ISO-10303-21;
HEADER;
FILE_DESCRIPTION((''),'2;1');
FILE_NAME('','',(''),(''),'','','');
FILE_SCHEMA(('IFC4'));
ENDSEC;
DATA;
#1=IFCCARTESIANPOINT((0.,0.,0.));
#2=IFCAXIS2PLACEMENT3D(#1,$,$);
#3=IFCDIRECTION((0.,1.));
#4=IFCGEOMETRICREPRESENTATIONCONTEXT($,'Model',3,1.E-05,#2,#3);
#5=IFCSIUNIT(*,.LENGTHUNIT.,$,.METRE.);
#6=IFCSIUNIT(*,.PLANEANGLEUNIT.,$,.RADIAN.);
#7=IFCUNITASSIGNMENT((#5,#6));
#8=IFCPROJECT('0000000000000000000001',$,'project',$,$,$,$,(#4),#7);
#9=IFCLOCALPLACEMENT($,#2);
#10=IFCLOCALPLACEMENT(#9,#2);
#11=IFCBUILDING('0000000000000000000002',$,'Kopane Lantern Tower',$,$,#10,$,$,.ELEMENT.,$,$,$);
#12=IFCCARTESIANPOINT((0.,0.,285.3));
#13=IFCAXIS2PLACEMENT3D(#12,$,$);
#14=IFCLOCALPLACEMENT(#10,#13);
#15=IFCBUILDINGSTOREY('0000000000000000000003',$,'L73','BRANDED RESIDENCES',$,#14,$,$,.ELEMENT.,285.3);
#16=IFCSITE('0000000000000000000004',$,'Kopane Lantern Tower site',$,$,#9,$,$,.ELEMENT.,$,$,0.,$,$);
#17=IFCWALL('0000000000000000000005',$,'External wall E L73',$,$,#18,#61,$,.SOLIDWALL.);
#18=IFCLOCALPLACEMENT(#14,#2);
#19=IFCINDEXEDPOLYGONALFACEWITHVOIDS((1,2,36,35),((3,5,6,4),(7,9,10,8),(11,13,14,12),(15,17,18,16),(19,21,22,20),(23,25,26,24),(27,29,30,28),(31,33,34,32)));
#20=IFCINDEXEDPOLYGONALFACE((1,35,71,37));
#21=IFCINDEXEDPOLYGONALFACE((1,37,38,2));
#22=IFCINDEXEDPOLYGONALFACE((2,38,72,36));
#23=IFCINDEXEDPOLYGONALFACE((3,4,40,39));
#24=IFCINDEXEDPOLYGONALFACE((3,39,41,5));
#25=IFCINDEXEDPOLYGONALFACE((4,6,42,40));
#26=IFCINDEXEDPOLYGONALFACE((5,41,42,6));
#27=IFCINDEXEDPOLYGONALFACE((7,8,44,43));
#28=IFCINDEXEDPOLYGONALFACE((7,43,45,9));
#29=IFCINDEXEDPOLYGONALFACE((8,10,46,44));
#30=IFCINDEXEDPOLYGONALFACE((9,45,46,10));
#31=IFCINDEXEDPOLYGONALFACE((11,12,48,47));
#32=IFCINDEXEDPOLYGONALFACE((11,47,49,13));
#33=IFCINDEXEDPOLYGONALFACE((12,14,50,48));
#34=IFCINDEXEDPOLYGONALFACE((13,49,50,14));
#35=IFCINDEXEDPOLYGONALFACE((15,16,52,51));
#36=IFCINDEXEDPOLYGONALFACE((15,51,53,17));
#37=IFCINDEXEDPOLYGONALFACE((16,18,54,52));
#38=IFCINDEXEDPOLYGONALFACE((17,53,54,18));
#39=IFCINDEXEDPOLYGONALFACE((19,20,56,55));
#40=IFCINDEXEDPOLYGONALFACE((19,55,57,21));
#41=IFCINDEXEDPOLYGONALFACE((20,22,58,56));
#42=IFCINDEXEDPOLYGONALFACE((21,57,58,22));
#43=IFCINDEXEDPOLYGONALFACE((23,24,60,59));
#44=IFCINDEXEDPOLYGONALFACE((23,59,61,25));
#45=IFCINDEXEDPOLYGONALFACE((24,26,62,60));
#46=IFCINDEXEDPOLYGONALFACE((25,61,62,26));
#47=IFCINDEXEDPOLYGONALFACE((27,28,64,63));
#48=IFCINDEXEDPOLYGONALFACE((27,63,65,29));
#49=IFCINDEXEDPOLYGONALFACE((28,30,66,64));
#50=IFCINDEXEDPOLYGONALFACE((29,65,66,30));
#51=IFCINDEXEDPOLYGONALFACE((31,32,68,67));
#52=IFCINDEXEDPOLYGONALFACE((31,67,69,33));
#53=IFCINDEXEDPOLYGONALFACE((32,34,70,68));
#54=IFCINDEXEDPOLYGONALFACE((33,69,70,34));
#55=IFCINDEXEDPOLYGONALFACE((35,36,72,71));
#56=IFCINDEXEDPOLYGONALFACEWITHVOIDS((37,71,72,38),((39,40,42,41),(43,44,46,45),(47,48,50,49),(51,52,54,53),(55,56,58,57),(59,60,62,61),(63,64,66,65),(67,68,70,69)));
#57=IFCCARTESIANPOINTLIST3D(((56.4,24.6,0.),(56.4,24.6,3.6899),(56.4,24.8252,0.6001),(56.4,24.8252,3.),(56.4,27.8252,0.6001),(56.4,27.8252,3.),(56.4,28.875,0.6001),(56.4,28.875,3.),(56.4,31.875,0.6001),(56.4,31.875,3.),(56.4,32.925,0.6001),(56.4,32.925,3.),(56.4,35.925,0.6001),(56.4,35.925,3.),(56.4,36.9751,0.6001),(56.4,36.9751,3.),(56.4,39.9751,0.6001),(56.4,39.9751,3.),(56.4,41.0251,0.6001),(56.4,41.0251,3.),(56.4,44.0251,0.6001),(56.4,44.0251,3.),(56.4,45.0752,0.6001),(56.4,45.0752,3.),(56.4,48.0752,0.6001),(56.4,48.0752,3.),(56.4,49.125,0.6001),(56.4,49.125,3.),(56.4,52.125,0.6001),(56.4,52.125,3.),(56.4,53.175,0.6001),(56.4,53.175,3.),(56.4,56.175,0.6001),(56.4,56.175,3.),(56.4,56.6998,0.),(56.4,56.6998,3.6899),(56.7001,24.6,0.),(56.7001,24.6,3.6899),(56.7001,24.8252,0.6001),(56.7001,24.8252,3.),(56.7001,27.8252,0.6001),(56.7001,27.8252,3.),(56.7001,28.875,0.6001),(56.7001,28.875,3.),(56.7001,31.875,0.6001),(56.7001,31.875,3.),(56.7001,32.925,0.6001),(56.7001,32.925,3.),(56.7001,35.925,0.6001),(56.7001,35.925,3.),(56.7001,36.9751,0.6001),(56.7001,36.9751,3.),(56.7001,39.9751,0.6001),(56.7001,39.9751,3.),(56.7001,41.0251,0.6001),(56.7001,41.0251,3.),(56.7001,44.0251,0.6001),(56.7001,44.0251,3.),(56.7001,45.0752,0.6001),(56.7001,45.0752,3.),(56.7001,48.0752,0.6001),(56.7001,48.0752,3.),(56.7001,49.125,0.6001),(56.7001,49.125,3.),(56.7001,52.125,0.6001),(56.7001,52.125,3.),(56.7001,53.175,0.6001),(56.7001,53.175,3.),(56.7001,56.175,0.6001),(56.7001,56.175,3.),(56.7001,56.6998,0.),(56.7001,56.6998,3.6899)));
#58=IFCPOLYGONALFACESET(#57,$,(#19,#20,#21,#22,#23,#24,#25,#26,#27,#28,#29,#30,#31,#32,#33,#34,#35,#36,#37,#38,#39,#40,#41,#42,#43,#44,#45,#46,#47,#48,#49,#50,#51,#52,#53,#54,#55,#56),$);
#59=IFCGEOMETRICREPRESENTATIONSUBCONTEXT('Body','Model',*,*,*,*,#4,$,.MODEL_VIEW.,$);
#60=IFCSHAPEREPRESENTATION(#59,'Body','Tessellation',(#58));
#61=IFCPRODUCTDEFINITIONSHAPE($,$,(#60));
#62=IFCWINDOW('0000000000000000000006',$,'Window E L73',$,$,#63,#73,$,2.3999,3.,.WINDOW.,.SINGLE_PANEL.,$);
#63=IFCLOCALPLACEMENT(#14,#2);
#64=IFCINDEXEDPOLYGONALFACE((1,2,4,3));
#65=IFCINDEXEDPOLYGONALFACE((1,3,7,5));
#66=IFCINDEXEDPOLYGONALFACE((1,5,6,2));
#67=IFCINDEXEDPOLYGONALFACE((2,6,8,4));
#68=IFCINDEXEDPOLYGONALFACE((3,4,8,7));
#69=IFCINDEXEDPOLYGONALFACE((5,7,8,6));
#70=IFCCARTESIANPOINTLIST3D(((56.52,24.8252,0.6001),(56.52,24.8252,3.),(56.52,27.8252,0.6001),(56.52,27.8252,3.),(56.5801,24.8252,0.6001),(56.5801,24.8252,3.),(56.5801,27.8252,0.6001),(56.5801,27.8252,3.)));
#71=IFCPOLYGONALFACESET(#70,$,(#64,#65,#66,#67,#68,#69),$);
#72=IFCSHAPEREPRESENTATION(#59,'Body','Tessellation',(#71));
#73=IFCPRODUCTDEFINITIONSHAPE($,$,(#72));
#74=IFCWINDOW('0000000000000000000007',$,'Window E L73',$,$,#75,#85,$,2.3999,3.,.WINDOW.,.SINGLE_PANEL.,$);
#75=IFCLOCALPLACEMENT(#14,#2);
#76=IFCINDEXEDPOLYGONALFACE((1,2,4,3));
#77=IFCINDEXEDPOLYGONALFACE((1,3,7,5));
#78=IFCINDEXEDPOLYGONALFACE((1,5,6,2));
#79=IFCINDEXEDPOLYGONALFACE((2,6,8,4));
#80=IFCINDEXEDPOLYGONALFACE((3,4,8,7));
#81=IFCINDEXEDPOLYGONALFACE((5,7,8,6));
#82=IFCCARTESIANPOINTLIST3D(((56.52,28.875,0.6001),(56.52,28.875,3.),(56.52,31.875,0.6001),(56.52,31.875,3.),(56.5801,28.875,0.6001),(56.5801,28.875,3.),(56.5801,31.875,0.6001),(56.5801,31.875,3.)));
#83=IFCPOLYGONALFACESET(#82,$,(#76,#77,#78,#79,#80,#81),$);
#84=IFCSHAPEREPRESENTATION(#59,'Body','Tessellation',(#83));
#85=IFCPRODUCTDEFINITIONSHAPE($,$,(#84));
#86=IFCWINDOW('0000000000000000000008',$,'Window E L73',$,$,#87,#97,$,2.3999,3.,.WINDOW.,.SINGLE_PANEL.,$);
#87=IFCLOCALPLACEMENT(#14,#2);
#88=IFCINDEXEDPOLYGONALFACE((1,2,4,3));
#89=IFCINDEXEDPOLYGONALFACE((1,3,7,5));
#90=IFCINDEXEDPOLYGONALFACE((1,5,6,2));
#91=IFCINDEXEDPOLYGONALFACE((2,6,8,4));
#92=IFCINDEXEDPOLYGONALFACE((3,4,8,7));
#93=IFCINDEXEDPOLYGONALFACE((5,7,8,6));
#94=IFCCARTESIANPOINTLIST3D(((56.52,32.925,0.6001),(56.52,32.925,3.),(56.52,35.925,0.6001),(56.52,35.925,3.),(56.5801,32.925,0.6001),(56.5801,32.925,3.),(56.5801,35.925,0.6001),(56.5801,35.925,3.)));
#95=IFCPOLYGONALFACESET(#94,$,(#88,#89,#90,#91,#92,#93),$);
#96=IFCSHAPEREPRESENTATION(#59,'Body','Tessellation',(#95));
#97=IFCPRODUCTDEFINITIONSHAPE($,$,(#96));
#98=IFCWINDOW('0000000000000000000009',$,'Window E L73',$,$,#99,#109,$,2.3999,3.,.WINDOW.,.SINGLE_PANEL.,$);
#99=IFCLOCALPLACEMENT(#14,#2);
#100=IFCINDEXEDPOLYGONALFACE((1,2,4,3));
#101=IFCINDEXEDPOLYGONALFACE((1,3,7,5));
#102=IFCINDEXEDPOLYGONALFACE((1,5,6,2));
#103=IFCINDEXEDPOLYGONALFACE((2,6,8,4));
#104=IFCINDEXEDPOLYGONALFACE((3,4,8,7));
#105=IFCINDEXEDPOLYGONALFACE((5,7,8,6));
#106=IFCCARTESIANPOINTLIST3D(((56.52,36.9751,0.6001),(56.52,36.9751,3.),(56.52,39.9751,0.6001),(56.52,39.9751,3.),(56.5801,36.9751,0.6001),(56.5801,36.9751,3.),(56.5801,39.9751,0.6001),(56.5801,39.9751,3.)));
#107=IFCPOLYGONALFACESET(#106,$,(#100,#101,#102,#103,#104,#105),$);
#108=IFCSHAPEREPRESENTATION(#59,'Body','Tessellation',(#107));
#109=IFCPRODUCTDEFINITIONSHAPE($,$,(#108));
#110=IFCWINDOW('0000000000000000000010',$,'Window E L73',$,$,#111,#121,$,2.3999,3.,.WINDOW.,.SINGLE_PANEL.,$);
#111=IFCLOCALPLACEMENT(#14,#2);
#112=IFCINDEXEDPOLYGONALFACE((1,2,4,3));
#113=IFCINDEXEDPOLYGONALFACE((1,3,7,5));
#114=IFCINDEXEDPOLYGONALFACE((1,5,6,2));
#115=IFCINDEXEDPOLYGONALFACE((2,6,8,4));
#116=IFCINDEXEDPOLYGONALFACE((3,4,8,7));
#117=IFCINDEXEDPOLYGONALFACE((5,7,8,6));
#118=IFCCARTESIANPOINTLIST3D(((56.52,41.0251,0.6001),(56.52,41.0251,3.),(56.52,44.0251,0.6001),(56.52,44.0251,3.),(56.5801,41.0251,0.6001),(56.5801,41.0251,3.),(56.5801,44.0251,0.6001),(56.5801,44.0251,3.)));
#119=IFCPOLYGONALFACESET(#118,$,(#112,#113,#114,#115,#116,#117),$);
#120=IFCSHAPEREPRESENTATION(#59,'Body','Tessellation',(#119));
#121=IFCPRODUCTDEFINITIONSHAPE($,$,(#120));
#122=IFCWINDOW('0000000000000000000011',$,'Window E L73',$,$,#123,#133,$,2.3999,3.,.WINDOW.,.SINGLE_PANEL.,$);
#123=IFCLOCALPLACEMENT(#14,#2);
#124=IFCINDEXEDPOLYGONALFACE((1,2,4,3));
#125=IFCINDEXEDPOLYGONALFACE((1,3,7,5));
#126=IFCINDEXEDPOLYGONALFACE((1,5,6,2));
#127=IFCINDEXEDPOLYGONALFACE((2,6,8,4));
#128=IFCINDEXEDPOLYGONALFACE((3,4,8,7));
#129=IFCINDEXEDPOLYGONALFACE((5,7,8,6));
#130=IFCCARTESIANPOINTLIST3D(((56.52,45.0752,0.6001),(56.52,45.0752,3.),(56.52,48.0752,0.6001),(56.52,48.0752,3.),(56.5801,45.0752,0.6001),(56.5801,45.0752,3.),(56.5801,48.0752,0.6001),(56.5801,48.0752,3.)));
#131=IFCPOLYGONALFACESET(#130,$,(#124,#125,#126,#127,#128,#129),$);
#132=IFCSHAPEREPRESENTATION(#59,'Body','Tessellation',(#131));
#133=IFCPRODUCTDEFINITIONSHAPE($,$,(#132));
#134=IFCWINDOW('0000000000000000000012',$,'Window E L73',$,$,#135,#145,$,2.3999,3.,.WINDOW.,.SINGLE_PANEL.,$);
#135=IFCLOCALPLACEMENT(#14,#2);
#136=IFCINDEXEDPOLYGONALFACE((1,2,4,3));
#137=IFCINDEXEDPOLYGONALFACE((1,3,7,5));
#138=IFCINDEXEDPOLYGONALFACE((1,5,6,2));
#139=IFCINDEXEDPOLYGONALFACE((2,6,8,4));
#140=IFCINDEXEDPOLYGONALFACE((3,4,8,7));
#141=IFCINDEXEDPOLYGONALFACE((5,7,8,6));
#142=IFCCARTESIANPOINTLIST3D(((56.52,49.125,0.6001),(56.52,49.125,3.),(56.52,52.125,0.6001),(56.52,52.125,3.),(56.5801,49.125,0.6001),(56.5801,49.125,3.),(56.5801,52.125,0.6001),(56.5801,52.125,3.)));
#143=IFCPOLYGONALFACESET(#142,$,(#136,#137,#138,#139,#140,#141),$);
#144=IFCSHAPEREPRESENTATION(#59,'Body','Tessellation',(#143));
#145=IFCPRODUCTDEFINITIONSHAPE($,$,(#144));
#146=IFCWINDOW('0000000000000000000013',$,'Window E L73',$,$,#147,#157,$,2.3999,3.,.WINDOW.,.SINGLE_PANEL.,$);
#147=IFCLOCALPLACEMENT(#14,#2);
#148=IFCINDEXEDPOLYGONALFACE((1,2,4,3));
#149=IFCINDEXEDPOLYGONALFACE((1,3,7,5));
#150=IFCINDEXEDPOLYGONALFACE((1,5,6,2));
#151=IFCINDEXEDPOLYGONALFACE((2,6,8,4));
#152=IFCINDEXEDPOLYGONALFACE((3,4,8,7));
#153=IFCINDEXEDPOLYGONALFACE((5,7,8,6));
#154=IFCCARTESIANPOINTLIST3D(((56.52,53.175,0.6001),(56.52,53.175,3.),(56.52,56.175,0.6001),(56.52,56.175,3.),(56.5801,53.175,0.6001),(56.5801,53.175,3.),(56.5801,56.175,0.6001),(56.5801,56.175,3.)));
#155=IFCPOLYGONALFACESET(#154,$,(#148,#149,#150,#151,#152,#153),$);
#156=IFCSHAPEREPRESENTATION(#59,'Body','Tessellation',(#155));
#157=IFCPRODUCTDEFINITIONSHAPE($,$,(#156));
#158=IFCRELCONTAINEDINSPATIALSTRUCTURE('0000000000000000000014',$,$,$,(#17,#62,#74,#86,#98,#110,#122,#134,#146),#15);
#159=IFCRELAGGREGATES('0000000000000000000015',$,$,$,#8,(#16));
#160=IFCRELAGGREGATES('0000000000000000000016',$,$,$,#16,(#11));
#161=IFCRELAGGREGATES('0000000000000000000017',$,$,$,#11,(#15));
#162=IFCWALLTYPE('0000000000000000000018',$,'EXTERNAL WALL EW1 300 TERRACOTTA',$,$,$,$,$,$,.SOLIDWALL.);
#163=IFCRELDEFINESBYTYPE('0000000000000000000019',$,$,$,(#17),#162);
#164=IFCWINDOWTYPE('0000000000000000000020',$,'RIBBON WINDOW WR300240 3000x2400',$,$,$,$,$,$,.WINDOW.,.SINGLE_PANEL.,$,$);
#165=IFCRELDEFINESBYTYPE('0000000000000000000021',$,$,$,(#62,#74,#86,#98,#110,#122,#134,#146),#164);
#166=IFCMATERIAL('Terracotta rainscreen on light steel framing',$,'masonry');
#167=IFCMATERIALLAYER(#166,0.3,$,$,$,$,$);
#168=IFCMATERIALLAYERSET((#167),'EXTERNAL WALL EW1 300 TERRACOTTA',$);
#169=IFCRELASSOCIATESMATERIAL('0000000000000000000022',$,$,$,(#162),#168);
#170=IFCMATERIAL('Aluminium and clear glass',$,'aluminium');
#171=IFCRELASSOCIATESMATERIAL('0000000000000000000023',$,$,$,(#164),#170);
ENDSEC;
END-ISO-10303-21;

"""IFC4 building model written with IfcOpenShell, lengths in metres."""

from ifc_helpers import new_model, si_unit, direction, frame, frame_2d, origin, place, context, subcontext, project, spatial, rectangle, extrude, material, layer, layer_set, type_object, element, fill, save


model = new_model("IFC4")

# Units and contexts
model_context = context("Model", 3, precision=1e-05, world=origin(), true_north=direction((0.0, 1.0)))
body_context = subcontext(model_context, "Body", "Model", "MODEL_VIEW")
ifc_project = project(units=[si_unit("LENGTHUNIT", "METRE"), si_unit("PLANEANGLEUNIT", "RADIAN")], contexts=[model_context])

# Site, building, storey
site_placement = place(None, origin())
site = spatial("IfcSite", under=ifc_project, at=site_placement, Name="Kopane Lantern Tower site", CompositionType="ELEMENT", RefElevation=0.0)
building_placement = place(site_placement, origin())
building = spatial("IfcBuilding", under=site, at=building_placement, Name="Kopane Lantern Tower", CompositionType="ELEMENT")
storey_placement = place(building_placement, frame((0.0, 0.0, 285.3)))
storey = spatial("IfcBuildingStorey", under=building, at=storey_placement, Name="L73", Description="BRANDED RESIDENCES", CompositionType="ELEMENT", Elevation=285.3)

# Shared definitions
ifc_material_1 = material(Name="Terracotta rainscreen on light steel framing", Category="masonry")
ifc_layer_1 = layer(ifc_material_1, 0.3)
ifc_layer_set_1 = layer_set([ifc_layer_1], Name="EXTERNAL WALL EW1 300 TERRACOTTA")
wall_type_1 = type_object("IfcWallType", Name="EXTERNAL WALL EW1 300 TERRACOTTA", PredefinedType="SOLIDWALL", material=ifc_layer_set_1)

# Wall, openings, windows
wall_1_placement = place(storey_placement, frame((56.55, 24.6001, 0.0), z_axis=(0.0, 0.0, 1.0), x_axis=(0.0, 1.0, 0.0)))
wall_1 = element("IfcWall", 1, at=wall_1_placement, inside=storey, type_object=wall_type_1, Name="External wall E L73", PredefinedType="SOLIDWALL", context=body_context, shape_type="SweptSolid", body=[
    extrude(rectangle(XDim=32.0999, YDim=0.3, at=frame_2d((16.0498, 0.0))), origin(), (0.0, 0.0, 1.0), 3.6899),
])
opening_1_placement = place(wall_1_placement, frame((0.2251, 0.0, 0.6001)))
opening_1 = element("IfcOpeningElement", 2, at=opening_1_placement, cuts=wall_1, PredefinedType="OPENING", context=body_context, shape_type="SweptSolid", body=[
    extrude(rectangle(XDim=3.0, YDim=2.3999, at=frame_2d((1.5, 1.2))), frame((0.0, 0.1599, 0.0), z_axis=(0.0, -1.0, 0.0), x_axis=(1.0, 0.0, 0.0)), (0.0, 0.0, 1.0), 0.3201),
])
opening_2_placement = place(wall_1_placement, frame((4.2749, 0.0, 0.6001)))
opening_2 = element("IfcOpeningElement", 3, at=opening_2_placement, cuts=wall_1, PredefinedType="OPENING", context=body_context, shape_type="SweptSolid", body=[
    extrude(rectangle(XDim=3.0, YDim=2.3999, at=frame_2d((1.5, 1.2))), frame((0.0, 0.1599, 0.0), z_axis=(0.0, -1.0, 0.0), x_axis=(1.0, 0.0, 0.0)), (0.0, 0.0, 1.0), 0.3201),
])
opening_3_placement = place(wall_1_placement, frame((8.325, 0.0, 0.6001)))
opening_3 = element("IfcOpeningElement", 4, at=opening_3_placement, cuts=wall_1, PredefinedType="OPENING", context=body_context, shape_type="SweptSolid", body=[
    extrude(rectangle(XDim=3.0, YDim=2.3999, at=frame_2d((1.5, 1.2))), frame((0.0, 0.1599, 0.0), z_axis=(0.0, -1.0, 0.0), x_axis=(1.0, 0.0, 0.0)), (0.0, 0.0, 1.0), 0.3201),
])
opening_4_placement = place(wall_1_placement, frame((12.375, 0.0, 0.6001)))
opening_4 = element("IfcOpeningElement", 5, at=opening_4_placement, cuts=wall_1, PredefinedType="OPENING", context=body_context, shape_type="SweptSolid", body=[
    extrude(rectangle(XDim=3.0, YDim=2.3999, at=frame_2d((1.5, 1.2))), frame((0.0, 0.1599, 0.0), z_axis=(0.0, -1.0, 0.0), x_axis=(1.0, 0.0, 0.0)), (0.0, 0.0, 1.0), 0.3201),
])
opening_5_placement = place(wall_1_placement, frame((16.425, 0.0, 0.6001)))
opening_5 = element("IfcOpeningElement", 6, at=opening_5_placement, cuts=wall_1, PredefinedType="OPENING", context=body_context, shape_type="SweptSolid", body=[
    extrude(rectangle(XDim=3.0, YDim=2.3999, at=frame_2d((1.5, 1.2))), frame((0.0, 0.1599, 0.0), z_axis=(0.0, -1.0, 0.0), x_axis=(1.0, 0.0, 0.0)), (0.0, 0.0, 1.0), 0.3201),
])
opening_6_placement = place(wall_1_placement, frame((20.4751, 0.0, 0.6001)))
opening_6 = element("IfcOpeningElement", 7, at=opening_6_placement, cuts=wall_1, PredefinedType="OPENING", context=body_context, shape_type="SweptSolid", body=[
    extrude(rectangle(XDim=3.0, YDim=2.3999, at=frame_2d((1.5, 1.2))), frame((0.0, 0.1599, 0.0), z_axis=(0.0, -1.0, 0.0), x_axis=(1.0, 0.0, 0.0)), (0.0, 0.0, 1.0), 0.3201),
])
opening_7_placement = place(wall_1_placement, frame((24.5249, 0.0, 0.6001)))
opening_7 = element("IfcOpeningElement", 8, at=opening_7_placement, cuts=wall_1, PredefinedType="OPENING", context=body_context, shape_type="SweptSolid", body=[
    extrude(rectangle(XDim=3.0, YDim=2.3999, at=frame_2d((1.5, 1.2))), frame((0.0, 0.1599, 0.0), z_axis=(0.0, -1.0, 0.0), x_axis=(1.0, 0.0, 0.0)), (0.0, 0.0, 1.0), 0.3201),
])
opening_8_placement = place(wall_1_placement, frame((28.575, 0.0, 0.6001)))
opening_8 = element("IfcOpeningElement", 9, at=opening_8_placement, cuts=wall_1, PredefinedType="OPENING", context=body_context, shape_type="SweptSolid", body=[
    extrude(rectangle(XDim=3.0, YDim=2.3999, at=frame_2d((1.5, 1.2))), frame((0.0, 0.1599, 0.0), z_axis=(0.0, -1.0, 0.0), x_axis=(1.0, 0.0, 0.0)), (0.0, 0.0, 1.0), 0.3201),
])
ifc_material_2 = material(Name="Aluminium and clear glass", Category="aluminium")
window_type_1 = type_object("IfcWindowType", Name="RIBBON WINDOW WR300240 3000x2400", PartitioningType="SINGLE_PANEL", PredefinedType="WINDOW", material=ifc_material_2)
window_1_placement = place(opening_1_placement, origin())
window_1 = element("IfcWindow", 10, at=window_1_placement, inside=storey, type_object=window_type_1, Name="Window E L73", OverallHeight=2.3999, OverallWidth=3.0, PartitioningType="SINGLE_PANEL", PredefinedType="WINDOW", context=body_context, shape_type="SweptSolid", body=[
    extrude(rectangle(XDim=3.0, YDim=2.3999, at=frame_2d((1.5, 1.2))), frame((0.0, 0.03, 0.0), z_axis=(0.0, -1.0, 0.0), x_axis=(1.0, 0.0, 0.0)), (0.0, 0.0, 1.0), 0.0601),
])
fill(opening_1, window_1)
window_2_placement = place(opening_2_placement, origin())
window_2 = element("IfcWindow", 11, at=window_2_placement, inside=storey, type_object=window_type_1, Name="Window E L73", OverallHeight=2.3999, OverallWidth=3.0, PartitioningType="SINGLE_PANEL", PredefinedType="WINDOW", context=body_context, shape_type="SweptSolid", body=[
    extrude(rectangle(XDim=3.0, YDim=2.3999, at=frame_2d((1.5, 1.2))), frame((0.0, 0.03, 0.0), z_axis=(0.0, -1.0, 0.0), x_axis=(1.0, 0.0, 0.0)), (0.0, 0.0, 1.0), 0.0601),
])
fill(opening_2, window_2)
window_3_placement = place(opening_3_placement, origin())
window_3 = element("IfcWindow", 12, at=window_3_placement, inside=storey, type_object=window_type_1, Name="Window E L73", OverallHeight=2.3999, OverallWidth=3.0, PartitioningType="SINGLE_PANEL", PredefinedType="WINDOW", context=body_context, shape_type="SweptSolid", body=[
    extrude(rectangle(XDim=3.0, YDim=2.3999, at=frame_2d((1.5, 1.2))), frame((0.0, 0.03, 0.0), z_axis=(0.0, -1.0, 0.0), x_axis=(1.0, 0.0, 0.0)), (0.0, 0.0, 1.0), 0.0601),
])
fill(opening_3, window_3)
window_4_placement = place(opening_4_placement, origin())
window_4 = element("IfcWindow", 13, at=window_4_placement, inside=storey, type_object=window_type_1, Name="Window E L73", OverallHeight=2.3999, OverallWidth=3.0, PartitioningType="SINGLE_PANEL", PredefinedType="WINDOW", context=body_context, shape_type="SweptSolid", body=[
    extrude(rectangle(XDim=3.0, YDim=2.3999, at=frame_2d((1.5, 1.2))), frame((0.0, 0.03, 0.0), z_axis=(0.0, -1.0, 0.0), x_axis=(1.0, 0.0, 0.0)), (0.0, 0.0, 1.0), 0.0601),
])
fill(opening_4, window_4)
window_5_placement = place(opening_5_placement, origin())
window_5 = element("IfcWindow", 14, at=window_5_placement, inside=storey, type_object=window_type_1, Name="Window E L73", OverallHeight=2.3999, OverallWidth=3.0, PartitioningType="SINGLE_PANEL", PredefinedType="WINDOW", context=body_context, shape_type="SweptSolid", body=[
    extrude(rectangle(XDim=3.0, YDim=2.3999, at=frame_2d((1.5, 1.2))), frame((0.0, 0.03, 0.0), z_axis=(0.0, -1.0, 0.0), x_axis=(1.0, 0.0, 0.0)), (0.0, 0.0, 1.0), 0.0601),
])
fill(opening_5, window_5)
window_6_placement = place(opening_6_placement, origin())
window_6 = element("IfcWindow", 15, at=window_6_placement, inside=storey, type_object=window_type_1, Name="Window E L73", OverallHeight=2.3999, OverallWidth=3.0, PartitioningType="SINGLE_PANEL", PredefinedType="WINDOW", context=body_context, shape_type="SweptSolid", body=[
    extrude(rectangle(XDim=3.0, YDim=2.3999, at=frame_2d((1.5, 1.2))), frame((0.0, 0.03, 0.0), z_axis=(0.0, -1.0, 0.0), x_axis=(1.0, 0.0, 0.0)), (0.0, 0.0, 1.0), 0.0601),
])
fill(opening_6, window_6)
window_7_placement = place(opening_7_placement, origin())
window_7 = element("IfcWindow", 16, at=window_7_placement, inside=storey, type_object=window_type_1, Name="Window E L73", OverallHeight=2.3999, OverallWidth=3.0, PartitioningType="SINGLE_PANEL", PredefinedType="WINDOW", context=body_context, shape_type="SweptSolid", body=[
    extrude(rectangle(XDim=3.0, YDim=2.3999, at=frame_2d((1.5, 1.2))), frame((0.0, 0.03, 0.0), z_axis=(0.0, -1.0, 0.0), x_axis=(1.0, 0.0, 0.0)), (0.0, 0.0, 1.0), 0.0601),
])
fill(opening_7, window_7)
window_8_placement = place(opening_8_placement, origin())
window_8 = element("IfcWindow", 17, at=window_8_placement, inside=storey, type_object=window_type_1, Name="Window E L73", OverallHeight=2.3999, OverallWidth=3.0, PartitioningType="SINGLE_PANEL", PredefinedType="WINDOW", context=body_context, shape_type="SweptSolid", body=[
    extrude(rectangle(XDim=3.0, YDim=2.3999, at=frame_2d((1.5, 1.2))), frame((0.0, 0.03, 0.0), z_axis=(0.0, -1.0, 0.0), x_axis=(1.0, 0.0, 0.0)), (0.0, 0.0, 1.0), 0.0601),
])
fill(opening_8, window_8)

save(model, "model.ifc")
